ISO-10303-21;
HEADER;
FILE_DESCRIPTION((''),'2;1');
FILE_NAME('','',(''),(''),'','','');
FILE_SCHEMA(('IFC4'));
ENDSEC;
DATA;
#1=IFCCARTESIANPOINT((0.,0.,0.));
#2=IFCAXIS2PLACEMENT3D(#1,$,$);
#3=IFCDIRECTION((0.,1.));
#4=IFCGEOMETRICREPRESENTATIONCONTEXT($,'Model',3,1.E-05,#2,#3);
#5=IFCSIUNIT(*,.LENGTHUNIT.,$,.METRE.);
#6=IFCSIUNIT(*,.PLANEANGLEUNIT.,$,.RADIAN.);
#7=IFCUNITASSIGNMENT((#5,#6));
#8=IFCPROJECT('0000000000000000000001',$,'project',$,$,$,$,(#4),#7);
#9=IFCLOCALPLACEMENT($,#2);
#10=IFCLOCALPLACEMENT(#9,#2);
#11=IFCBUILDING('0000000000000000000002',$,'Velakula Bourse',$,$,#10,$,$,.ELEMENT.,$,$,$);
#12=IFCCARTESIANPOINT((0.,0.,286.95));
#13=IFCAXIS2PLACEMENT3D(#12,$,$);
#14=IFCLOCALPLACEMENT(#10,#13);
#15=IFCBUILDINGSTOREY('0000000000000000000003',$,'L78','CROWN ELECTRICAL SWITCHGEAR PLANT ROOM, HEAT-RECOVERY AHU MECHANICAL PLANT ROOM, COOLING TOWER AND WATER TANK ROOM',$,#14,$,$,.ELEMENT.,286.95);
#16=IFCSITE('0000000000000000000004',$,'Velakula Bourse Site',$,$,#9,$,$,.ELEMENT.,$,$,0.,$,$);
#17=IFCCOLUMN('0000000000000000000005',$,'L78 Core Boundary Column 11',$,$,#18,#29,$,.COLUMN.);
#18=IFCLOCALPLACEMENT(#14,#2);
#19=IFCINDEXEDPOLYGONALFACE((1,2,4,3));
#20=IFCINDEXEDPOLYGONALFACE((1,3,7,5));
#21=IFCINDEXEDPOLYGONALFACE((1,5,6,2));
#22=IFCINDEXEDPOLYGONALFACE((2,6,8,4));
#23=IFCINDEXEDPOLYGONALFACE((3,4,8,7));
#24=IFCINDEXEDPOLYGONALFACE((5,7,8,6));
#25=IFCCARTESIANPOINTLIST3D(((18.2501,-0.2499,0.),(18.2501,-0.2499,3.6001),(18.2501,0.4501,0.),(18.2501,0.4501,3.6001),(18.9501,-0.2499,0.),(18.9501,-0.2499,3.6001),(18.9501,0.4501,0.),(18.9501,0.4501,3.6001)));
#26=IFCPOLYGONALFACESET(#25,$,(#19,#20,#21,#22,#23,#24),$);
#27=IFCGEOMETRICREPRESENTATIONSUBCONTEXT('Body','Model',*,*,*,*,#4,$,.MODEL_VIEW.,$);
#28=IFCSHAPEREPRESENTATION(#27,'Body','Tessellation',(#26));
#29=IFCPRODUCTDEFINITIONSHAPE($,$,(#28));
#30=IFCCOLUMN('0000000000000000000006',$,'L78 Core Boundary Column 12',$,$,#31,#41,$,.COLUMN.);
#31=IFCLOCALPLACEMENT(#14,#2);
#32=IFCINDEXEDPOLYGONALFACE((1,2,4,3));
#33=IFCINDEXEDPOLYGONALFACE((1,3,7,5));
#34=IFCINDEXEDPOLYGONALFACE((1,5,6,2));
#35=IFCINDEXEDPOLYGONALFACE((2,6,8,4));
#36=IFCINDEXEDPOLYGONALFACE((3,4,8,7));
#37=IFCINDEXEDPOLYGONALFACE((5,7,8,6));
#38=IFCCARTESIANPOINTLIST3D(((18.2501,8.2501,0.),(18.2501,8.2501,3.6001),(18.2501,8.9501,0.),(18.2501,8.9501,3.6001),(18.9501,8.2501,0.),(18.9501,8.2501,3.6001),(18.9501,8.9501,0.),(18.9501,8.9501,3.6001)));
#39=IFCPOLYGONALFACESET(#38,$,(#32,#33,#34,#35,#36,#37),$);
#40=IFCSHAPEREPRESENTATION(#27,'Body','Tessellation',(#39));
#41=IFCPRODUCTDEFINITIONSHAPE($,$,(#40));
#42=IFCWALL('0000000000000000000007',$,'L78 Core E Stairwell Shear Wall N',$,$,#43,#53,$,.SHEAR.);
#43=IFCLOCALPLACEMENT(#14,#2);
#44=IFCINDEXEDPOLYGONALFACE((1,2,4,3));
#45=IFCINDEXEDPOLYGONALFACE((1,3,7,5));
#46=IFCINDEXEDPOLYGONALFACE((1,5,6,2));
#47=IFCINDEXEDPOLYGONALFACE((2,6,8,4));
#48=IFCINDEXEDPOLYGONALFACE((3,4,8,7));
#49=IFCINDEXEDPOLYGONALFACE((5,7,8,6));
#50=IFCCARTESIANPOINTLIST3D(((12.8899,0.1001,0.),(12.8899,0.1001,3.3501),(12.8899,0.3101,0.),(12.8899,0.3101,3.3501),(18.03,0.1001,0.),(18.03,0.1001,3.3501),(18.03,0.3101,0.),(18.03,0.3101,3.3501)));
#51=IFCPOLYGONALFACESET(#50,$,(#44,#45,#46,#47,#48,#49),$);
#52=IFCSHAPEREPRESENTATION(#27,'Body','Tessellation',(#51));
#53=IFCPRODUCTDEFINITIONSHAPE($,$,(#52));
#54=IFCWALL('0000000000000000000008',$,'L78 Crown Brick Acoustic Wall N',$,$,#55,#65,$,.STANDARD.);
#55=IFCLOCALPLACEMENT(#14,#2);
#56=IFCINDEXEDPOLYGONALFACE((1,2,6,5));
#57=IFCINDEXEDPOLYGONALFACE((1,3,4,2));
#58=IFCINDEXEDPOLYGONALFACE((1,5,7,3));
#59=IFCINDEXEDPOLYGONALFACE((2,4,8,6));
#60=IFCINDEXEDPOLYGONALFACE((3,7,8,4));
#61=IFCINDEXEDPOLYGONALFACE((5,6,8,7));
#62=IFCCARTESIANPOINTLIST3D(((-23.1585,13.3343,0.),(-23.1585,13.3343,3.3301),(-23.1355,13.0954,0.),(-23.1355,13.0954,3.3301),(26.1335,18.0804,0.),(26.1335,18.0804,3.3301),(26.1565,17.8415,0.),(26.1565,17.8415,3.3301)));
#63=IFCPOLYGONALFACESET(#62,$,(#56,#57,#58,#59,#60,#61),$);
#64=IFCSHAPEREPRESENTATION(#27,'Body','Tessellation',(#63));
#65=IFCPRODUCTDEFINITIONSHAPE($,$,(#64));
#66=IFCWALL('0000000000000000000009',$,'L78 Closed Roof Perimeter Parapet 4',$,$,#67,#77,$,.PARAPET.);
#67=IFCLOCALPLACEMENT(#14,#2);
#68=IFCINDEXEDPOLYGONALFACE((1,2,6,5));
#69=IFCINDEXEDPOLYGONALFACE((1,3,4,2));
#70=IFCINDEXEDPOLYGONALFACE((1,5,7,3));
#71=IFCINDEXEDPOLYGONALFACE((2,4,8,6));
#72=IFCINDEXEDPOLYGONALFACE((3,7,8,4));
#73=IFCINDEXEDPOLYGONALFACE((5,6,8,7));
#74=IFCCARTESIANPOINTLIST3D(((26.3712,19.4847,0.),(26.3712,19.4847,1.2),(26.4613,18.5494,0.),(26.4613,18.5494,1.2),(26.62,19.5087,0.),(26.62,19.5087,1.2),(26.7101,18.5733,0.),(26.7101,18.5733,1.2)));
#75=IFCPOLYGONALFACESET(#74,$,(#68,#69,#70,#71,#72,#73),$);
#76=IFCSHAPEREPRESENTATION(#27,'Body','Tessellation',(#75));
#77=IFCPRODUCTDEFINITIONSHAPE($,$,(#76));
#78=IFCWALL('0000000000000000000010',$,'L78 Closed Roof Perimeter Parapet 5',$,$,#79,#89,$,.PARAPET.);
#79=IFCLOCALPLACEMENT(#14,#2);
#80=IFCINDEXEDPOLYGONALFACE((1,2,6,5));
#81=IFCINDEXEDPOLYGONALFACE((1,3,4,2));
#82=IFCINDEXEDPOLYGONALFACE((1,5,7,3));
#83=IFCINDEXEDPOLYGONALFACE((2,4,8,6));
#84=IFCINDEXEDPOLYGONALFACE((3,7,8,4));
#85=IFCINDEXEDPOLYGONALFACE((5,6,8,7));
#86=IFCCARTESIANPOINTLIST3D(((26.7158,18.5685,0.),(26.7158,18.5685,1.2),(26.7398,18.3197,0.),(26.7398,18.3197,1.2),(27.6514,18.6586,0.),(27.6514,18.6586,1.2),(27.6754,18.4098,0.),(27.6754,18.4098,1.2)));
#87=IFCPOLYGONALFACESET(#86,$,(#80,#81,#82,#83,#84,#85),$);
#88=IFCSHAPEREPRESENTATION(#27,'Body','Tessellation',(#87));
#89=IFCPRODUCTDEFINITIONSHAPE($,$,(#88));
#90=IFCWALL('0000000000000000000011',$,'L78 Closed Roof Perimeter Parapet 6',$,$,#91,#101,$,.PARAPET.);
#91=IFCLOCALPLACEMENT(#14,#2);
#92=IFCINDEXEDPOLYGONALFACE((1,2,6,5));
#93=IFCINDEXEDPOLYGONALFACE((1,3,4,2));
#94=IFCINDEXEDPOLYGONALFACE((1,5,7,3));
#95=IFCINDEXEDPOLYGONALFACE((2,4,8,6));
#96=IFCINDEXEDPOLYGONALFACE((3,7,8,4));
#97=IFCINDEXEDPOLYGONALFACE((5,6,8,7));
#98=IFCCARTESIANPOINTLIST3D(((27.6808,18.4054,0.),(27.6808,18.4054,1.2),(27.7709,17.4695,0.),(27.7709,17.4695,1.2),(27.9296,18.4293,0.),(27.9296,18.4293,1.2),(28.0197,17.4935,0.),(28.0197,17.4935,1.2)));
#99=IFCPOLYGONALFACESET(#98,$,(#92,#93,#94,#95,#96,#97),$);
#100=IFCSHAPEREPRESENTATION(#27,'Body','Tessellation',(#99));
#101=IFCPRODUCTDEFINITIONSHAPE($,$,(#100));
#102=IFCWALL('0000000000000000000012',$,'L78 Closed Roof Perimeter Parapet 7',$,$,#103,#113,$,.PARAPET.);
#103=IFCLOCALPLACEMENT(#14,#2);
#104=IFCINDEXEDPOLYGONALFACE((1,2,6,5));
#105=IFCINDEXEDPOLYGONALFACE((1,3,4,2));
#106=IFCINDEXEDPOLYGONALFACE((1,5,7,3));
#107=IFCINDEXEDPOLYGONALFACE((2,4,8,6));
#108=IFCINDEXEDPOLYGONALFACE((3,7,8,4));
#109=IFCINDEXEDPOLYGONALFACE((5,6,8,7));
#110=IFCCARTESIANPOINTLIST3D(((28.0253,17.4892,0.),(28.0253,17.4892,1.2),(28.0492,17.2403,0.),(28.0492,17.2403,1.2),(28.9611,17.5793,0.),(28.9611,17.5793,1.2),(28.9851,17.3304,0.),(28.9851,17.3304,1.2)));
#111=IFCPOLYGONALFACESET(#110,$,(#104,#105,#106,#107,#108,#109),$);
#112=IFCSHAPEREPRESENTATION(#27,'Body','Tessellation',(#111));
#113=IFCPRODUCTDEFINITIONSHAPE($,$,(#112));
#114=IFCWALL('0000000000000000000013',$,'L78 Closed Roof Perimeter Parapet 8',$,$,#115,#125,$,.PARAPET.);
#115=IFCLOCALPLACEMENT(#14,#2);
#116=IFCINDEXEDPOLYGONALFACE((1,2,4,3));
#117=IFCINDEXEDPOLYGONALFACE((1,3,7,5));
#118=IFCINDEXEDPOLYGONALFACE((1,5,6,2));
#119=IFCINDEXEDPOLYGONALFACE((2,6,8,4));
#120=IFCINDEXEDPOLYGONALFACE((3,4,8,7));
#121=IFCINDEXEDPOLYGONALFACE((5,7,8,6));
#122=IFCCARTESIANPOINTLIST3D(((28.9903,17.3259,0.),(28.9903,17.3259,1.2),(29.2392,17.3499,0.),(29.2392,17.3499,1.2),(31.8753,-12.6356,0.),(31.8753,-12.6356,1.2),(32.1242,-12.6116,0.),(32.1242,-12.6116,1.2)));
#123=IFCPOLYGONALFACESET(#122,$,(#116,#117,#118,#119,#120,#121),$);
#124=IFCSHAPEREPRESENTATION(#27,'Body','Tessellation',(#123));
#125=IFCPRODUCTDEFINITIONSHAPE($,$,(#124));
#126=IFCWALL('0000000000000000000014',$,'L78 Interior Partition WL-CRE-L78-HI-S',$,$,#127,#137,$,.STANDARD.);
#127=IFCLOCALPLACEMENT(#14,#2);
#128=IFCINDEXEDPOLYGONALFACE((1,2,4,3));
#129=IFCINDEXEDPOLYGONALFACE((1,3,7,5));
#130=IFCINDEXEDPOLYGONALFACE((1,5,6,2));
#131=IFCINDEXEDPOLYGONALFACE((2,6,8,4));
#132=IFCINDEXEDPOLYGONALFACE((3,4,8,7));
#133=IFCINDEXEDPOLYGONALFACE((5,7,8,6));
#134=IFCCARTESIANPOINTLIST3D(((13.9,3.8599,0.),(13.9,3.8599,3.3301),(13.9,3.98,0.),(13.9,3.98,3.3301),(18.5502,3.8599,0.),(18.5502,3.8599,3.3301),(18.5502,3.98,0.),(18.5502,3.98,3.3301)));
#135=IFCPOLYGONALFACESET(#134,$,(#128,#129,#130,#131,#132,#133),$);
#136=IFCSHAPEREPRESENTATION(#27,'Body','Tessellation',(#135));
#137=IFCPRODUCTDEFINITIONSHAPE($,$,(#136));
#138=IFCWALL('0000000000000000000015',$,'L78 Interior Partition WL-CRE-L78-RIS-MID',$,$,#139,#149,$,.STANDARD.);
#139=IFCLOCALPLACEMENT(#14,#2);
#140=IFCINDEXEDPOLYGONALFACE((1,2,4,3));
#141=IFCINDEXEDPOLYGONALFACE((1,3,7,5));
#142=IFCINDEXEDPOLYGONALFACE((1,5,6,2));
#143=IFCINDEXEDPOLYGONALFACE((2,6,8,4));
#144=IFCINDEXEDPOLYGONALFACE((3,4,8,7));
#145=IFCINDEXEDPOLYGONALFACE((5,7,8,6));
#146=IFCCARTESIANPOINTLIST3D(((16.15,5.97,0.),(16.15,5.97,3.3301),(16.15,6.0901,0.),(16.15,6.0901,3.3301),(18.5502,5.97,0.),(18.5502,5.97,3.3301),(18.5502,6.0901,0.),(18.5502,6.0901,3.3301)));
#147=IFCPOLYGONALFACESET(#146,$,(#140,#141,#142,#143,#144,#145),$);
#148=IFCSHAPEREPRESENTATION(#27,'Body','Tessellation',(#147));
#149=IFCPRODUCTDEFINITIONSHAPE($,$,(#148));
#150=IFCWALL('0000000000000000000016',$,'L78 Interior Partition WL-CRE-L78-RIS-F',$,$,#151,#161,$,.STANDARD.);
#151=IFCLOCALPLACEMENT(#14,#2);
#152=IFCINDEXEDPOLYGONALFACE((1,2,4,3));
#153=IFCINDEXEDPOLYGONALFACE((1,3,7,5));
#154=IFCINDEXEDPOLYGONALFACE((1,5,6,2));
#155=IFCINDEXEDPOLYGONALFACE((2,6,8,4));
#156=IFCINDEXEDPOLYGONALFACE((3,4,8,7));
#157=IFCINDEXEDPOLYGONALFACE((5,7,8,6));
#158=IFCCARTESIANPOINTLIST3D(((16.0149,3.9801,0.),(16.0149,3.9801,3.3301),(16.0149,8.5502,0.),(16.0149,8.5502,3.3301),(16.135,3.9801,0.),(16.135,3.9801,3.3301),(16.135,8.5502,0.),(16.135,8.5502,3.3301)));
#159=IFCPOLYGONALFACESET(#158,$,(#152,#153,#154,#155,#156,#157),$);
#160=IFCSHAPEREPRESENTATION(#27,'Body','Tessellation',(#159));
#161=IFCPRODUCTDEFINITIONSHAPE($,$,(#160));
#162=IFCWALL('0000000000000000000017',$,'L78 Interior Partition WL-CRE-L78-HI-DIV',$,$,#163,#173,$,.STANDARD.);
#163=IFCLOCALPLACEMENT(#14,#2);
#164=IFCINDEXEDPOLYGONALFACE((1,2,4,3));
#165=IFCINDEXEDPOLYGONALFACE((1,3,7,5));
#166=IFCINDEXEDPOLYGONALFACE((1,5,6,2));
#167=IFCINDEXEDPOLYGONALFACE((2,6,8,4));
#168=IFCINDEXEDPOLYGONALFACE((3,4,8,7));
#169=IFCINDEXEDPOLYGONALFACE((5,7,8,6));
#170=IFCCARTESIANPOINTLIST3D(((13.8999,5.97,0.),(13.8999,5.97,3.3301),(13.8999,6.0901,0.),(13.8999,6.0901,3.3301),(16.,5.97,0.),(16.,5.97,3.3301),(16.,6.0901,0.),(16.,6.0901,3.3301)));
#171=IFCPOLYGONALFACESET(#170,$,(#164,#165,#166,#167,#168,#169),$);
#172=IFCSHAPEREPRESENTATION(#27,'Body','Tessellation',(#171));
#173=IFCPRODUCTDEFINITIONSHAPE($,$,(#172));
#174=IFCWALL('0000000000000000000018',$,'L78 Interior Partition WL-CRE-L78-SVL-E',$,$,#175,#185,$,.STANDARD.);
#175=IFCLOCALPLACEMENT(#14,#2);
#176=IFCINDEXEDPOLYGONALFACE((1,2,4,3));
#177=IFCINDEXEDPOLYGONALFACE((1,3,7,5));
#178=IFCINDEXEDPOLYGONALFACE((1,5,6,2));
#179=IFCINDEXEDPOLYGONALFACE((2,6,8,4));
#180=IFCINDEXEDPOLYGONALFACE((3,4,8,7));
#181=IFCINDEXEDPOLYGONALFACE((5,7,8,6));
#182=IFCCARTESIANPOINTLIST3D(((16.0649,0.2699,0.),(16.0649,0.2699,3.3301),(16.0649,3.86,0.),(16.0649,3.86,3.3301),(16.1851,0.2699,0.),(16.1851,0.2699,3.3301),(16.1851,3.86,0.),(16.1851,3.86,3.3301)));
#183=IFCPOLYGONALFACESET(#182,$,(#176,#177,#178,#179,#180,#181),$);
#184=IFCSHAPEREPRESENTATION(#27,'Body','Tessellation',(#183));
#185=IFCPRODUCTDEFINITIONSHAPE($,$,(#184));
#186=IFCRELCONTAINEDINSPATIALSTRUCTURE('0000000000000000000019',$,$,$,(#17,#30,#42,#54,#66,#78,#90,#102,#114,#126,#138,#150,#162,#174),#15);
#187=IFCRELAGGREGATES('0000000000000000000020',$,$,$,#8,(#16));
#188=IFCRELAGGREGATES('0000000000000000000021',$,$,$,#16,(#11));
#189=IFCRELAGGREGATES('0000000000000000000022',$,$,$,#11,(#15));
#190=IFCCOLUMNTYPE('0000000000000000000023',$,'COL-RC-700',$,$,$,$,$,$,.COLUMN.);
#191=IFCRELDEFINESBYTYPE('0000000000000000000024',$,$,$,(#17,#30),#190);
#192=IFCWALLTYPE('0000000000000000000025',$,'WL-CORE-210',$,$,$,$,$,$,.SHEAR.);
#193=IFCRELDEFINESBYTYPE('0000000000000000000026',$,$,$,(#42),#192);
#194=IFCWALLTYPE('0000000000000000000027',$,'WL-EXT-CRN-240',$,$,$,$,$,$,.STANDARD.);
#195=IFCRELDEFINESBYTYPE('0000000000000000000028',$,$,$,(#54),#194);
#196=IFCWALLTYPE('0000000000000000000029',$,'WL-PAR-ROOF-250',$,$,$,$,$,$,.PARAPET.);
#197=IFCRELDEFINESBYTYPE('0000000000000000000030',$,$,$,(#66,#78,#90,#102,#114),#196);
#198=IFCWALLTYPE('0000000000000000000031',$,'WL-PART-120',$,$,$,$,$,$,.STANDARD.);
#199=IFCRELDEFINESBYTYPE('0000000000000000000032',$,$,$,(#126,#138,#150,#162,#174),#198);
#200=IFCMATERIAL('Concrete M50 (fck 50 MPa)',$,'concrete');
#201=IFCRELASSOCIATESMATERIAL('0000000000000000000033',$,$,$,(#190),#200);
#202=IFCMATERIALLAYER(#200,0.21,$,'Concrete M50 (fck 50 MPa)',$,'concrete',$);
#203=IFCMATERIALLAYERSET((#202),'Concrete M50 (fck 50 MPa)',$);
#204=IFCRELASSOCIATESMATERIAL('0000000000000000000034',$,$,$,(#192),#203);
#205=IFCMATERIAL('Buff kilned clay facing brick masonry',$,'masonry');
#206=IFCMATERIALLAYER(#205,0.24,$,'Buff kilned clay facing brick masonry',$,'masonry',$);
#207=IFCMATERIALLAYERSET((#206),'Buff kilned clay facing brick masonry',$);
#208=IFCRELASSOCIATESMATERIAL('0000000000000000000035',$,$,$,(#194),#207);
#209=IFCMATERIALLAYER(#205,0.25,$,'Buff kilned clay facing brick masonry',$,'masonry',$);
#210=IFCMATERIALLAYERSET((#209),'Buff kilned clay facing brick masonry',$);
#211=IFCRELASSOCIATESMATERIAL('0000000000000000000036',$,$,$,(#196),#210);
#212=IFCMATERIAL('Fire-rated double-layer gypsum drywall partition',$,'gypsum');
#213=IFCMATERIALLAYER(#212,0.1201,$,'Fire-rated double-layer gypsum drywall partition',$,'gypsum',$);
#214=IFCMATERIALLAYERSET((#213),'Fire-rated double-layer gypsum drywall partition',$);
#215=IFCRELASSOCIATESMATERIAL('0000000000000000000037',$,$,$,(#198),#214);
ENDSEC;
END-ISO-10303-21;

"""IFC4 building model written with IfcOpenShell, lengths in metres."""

from ifc_helpers import new_model, si_unit, direction, frame, frame_2d, origin, origin_2d, place, context, subcontext, project, spatial, rectangle, extrude, material, layer, layer_set, material_profile, profile_set, type_object, element, save


model = new_model("IFC4")

# Units and contexts
model_context = context("Model", 3, precision=1e-05, world=origin(), true_north=direction((0.0, 1.0)))
body_context = subcontext(model_context, "Body", "Model", "MODEL_VIEW")
ifc_project = project(units=[si_unit("LENGTHUNIT", "METRE"), si_unit("PLANEANGLEUNIT", "RADIAN")], contexts=[model_context])

# Site, building, storey
site_placement = place(None, origin())
site = spatial("IfcSite", under=ifc_project, at=site_placement, Name="Velakula Bourse Site", CompositionType="ELEMENT", RefElevation=0.0)
building_placement = place(site_placement, origin())
building = spatial("IfcBuilding", under=site, at=building_placement, Name="Velakula Bourse", CompositionType="ELEMENT")
storey_placement = place(building_placement, frame((0.0, 0.0, 286.95)))
storey = spatial("IfcBuildingStorey", under=building, at=storey_placement, Name="L78", Description="CROWN ELECTRICAL SWITCHGEAR PLANT ROOM, HEAT-RECOVERY AHU MECHANICAL PLANT ROOM, COOLING TOWER AND WATER TANK ROOM", CompositionType="ELEMENT", Elevation=286.95)

# Columns
ifc_material_1 = material(Name="Concrete M50 (fck 50 MPa)", Category="concrete")
ifc_material_profile = material_profile(ifc_material_1, rectangle(XDim=0.7, YDim=0.7, at=origin_2d()), Name="Concrete M50 (fck 50 MPa)")
ifc_profile_set = profile_set([ifc_material_profile], Name="Concrete M50 (fck 50 MPa)")
column_type = type_object("IfcColumnType", Name="COL-RC-700", PredefinedType="COLUMN", material=ifc_profile_set)
for number, where, z_axis, x_axis, name in (
    (1, (18.6001, 0.1001, 0.0), (0.0, 0.0, 1.0), (1.0, 0.0, 0.0), "L78 Core Boundary Column 11"),
    (2, (18.6001, 8.6001, 0.0), (0.0, 0.0, 1.0), (1.0, 0.0, 0.0), "L78 Core Boundary Column 12"),
):
    element("IfcColumn", number, at=place(storey_placement, frame(where, z_axis=z_axis, x_axis=x_axis)), inside=storey, type_object=column_type, Name=name, PredefinedType="COLUMN", context=body_context, shape_type="SweptSolid", body=[
        extrude(rectangle(XDim=0.7, YDim=0.7, at=origin_2d()), origin(), (0.0, 0.0, 1.0), 3.6001),
    ])

# Walls
ifc_layer_1 = layer(ifc_material_1, 0.21, Name="Concrete M50 (fck 50 MPa)", Category="concrete")
ifc_layer_set_1 = layer_set([ifc_layer_1], Name="Concrete M50 (fck 50 MPa)")
wall_type_1 = type_object("IfcWallType", Name="WL-CORE-210", PredefinedType="SHEAR", material=ifc_layer_set_1)
wall_1_placement = place(storey_placement, frame((18.03, 0.2051, 0.0), z_axis=(0.0, 0.0, 1.0), x_axis=(-1.0, 0.0, 0.0)))
element("IfcWall", 3, at=wall_1_placement, inside=storey, type_object=wall_type_1, Name="L78 Core E Stairwell Shear Wall N", PredefinedType="SHEAR", context=body_context, shape_type="SweptSolid", body=[
    extrude(rectangle(XDim=5.1401, YDim=0.21, at=frame_2d((2.5701, 0.0))), origin(), (0.0, 0.0, 1.0), 3.3501),
])
ifc_material_2 = material(Name="Buff kilned clay facing brick masonry", Category="masonry")
ifc_layer_2 = layer(ifc_material_2, 0.24, Name="Buff kilned clay facing brick masonry", Category="masonry")
ifc_layer_set_2 = layer_set([ifc_layer_2], Name="Buff kilned clay facing brick masonry")
wall_type_2 = type_object("IfcWallType", Name="WL-EXT-CRN-240", PredefinedType="STANDARD", material=ifc_layer_set_2)
wall_2_placement = place(storey_placement, frame((26.145, 17.9609, 0.0), z_axis=(0.0, 0.0, 1.0), x_axis=(-0.995397, -0.095842, 0.0)))
element("IfcWall", 4, at=wall_2_placement, inside=storey, type_object=wall_type_2, Name="L78 Crown Brick Acoustic Wall N", PredefinedType="STANDARD", context=body_context, shape_type="SweptSolid", body=[
    extrude(rectangle(XDim=49.52, YDim=0.24, at=frame_2d((24.76, 0.0))), origin(), (0.0, 0.0, 1.0), 3.3301),
])
ifc_layer_3 = layer(ifc_material_2, 0.25, Name="Buff kilned clay facing brick masonry", Category="masonry")
ifc_layer_set_3 = layer_set([ifc_layer_3], Name="Buff kilned clay facing brick masonry")
wall_type_3 = type_object("IfcWallType", Name="WL-PAR-ROOF-250", PredefinedType="PARAPET", material=ifc_layer_set_3)
wall_3_placement = place(storey_placement, frame((26.4956, 19.4966, 0.0), z_axis=(0.0, 0.0, 1.0), x_axis=(0.095876, -0.995393, 0.0)))
element("IfcWall", 5, at=wall_3_placement, inside=storey, type_object=wall_type_3, Name="L78 Closed Roof Perimeter Parapet 4", PredefinedType="PARAPET", context=body_context, shape_type="SweptSolid", body=[
    extrude(rectangle(XDim=0.9397, YDim=0.25, at=frame_2d((0.4697, 0.0))), origin(), (0.0, 0.0, 1.0), 1.2),
])
wall_4_placement = place(storey_placement, frame((26.7278, 18.4441, 0.0), z_axis=(0.0, 0.0, 1.0), x_axis=(0.995396, 0.095851, 0.0)))
element("IfcWall", 6, at=wall_4_placement, inside=storey, type_object=wall_type_3, Name="L78 Closed Roof Perimeter Parapet 5", PredefinedType="PARAPET", context=body_context, shape_type="SweptSolid", body=[
    extrude(rectangle(XDim=0.9399, YDim=0.25, at=frame_2d((0.47, 0.0))), origin(), (0.0, 0.0, 1.0), 1.2),
])
for number, where, z_axis, x_axis, name in (
    (7, (27.8052, 18.4175, 0.0), (0.0, 0.0, 1.0), (0.095826, -0.995398, 0.0), "L78 Closed Roof Perimeter Parapet 6"),
    (8, (28.0371, 17.3647, 0.0), (0.0, 0.0, 1.0), (0.995398, 0.095826, 0.0), "L78 Closed Roof Perimeter Parapet 7"),
):
    element("IfcWall", number, at=place(storey_placement, frame(where, z_axis=z_axis, x_axis=x_axis)), inside=storey, type_object=wall_type_3, Name=name, PredefinedType="PARAPET", context=body_context, shape_type="SweptSolid", body=[
        extrude(rectangle(XDim=0.9402, YDim=0.25, at=frame_2d((0.4702, 0.0))), origin(), (0.0, 0.0, 1.0), 1.2),
    ])
wall_5_placement = place(storey_placement, frame((29.1147, 17.3379, 0.0), z_axis=(0.0, 0.0, 1.0), x_axis=(0.095847, -0.995396, 0.0)))
element("IfcWall", 9, at=wall_5_placement, inside=storey, type_object=wall_type_3, Name="L78 Closed Roof Perimeter Parapet 8", PredefinedType="PARAPET", context=body_context, shape_type="SweptSolid", body=[
    extrude(rectangle(XDim=30.1001, YDim=0.25, at=frame_2d((15.05, 0.0))), origin(), (0.0, 0.0, 1.0), 1.2),
])
ifc_material_3 = material(Name="Fire-rated double-layer gypsum drywall partition", Category="gypsum")
ifc_layer_4 = layer(ifc_material_3, 0.1201, Name="Fire-rated double-layer gypsum drywall partition", Category="gypsum")
ifc_layer_set_4 = layer_set([ifc_layer_4], Name="Fire-rated double-layer gypsum drywall partition")
wall_type_4 = type_object("IfcWallType", Name="WL-PART-120", PredefinedType="STANDARD", material=ifc_layer_set_4)
wall_6_placement = place(storey_placement, frame((13.8999, 3.9199, 0.0), z_axis=(0.0, 0.0, 1.0), x_axis=(1.0, 0.0, 0.0)))
element("IfcWall", 10, at=wall_6_placement, inside=storey, type_object=wall_type_4, Name="L78 Interior Partition WL-CRE-L78-HI-S", PredefinedType="STANDARD", context=body_context, shape_type="SweptSolid", body=[
    extrude(rectangle(XDim=4.6501, YDim=0.1201, at=frame_2d((2.3252, 0.0))), origin(), (0.0, 0.0, 1.0), 3.3301),
])
wall_7_placement = place(storey_placement, frame((16.1499, 6.03, 0.0), z_axis=(0.0, 0.0, 1.0), x_axis=(1.0, 0.0, 0.0)))
element("IfcWall", 11, at=wall_7_placement, inside=storey, type_object=wall_type_4, Name="L78 Interior Partition WL-CRE-L78-RIS-MID", PredefinedType="STANDARD", context=body_context, shape_type="SweptSolid", body=[
    extrude(rectangle(XDim=2.4001, YDim=0.1201, at=frame_2d((1.2002, 0.0))), origin(), (0.0, 0.0, 1.0), 3.3301),
])
wall_8_placement = place(storey_placement, frame((16.075, 3.98, 0.0), z_axis=(0.0, 0.0, 1.0), x_axis=(0.0, 1.0, 0.0)))
element("IfcWall", 12, at=wall_8_placement, inside=storey, type_object=wall_type_4, Name="L78 Interior Partition WL-CRE-L78-RIS-F", PredefinedType="STANDARD", context=body_context, shape_type="SweptSolid", body=[
    extrude(rectangle(XDim=4.5701, YDim=0.1201, at=frame_2d((2.2852, 0.0))), origin(), (0.0, 0.0, 1.0), 3.3301),
])
wall_9_placement = place(storey_placement, frame((13.8999, 6.03, 0.0), z_axis=(0.0, 0.0, 1.0), x_axis=(1.0, 0.0, 0.0)))
element("IfcWall", 13, at=wall_9_placement, inside=storey, type_object=wall_type_4, Name="L78 Interior Partition WL-CRE-L78-HI-DIV", PredefinedType="STANDARD", context=body_context, shape_type="SweptSolid", body=[
    extrude(rectangle(XDim=2.1001, YDim=0.1201, at=frame_2d((1.05, 0.0))), origin(), (0.0, 0.0, 1.0), 3.3301),
])
wall_10_placement = place(storey_placement, frame((16.125, 0.27, 0.0), z_axis=(0.0, 0.0, 1.0), x_axis=(0.0, 1.0, 0.0)))
element("IfcWall", 14, at=wall_10_placement, inside=storey, type_object=wall_type_4, Name="L78 Interior Partition WL-CRE-L78-SVL-E", PredefinedType="STANDARD", context=body_context, shape_type="SweptSolid", body=[
    extrude(rectangle(XDim=3.5901, YDim=0.1201, at=frame_2d((1.7949, 0.0))), origin(), (0.0, 0.0, 1.0), 3.3301),
])

save(model, "model.ifc")
